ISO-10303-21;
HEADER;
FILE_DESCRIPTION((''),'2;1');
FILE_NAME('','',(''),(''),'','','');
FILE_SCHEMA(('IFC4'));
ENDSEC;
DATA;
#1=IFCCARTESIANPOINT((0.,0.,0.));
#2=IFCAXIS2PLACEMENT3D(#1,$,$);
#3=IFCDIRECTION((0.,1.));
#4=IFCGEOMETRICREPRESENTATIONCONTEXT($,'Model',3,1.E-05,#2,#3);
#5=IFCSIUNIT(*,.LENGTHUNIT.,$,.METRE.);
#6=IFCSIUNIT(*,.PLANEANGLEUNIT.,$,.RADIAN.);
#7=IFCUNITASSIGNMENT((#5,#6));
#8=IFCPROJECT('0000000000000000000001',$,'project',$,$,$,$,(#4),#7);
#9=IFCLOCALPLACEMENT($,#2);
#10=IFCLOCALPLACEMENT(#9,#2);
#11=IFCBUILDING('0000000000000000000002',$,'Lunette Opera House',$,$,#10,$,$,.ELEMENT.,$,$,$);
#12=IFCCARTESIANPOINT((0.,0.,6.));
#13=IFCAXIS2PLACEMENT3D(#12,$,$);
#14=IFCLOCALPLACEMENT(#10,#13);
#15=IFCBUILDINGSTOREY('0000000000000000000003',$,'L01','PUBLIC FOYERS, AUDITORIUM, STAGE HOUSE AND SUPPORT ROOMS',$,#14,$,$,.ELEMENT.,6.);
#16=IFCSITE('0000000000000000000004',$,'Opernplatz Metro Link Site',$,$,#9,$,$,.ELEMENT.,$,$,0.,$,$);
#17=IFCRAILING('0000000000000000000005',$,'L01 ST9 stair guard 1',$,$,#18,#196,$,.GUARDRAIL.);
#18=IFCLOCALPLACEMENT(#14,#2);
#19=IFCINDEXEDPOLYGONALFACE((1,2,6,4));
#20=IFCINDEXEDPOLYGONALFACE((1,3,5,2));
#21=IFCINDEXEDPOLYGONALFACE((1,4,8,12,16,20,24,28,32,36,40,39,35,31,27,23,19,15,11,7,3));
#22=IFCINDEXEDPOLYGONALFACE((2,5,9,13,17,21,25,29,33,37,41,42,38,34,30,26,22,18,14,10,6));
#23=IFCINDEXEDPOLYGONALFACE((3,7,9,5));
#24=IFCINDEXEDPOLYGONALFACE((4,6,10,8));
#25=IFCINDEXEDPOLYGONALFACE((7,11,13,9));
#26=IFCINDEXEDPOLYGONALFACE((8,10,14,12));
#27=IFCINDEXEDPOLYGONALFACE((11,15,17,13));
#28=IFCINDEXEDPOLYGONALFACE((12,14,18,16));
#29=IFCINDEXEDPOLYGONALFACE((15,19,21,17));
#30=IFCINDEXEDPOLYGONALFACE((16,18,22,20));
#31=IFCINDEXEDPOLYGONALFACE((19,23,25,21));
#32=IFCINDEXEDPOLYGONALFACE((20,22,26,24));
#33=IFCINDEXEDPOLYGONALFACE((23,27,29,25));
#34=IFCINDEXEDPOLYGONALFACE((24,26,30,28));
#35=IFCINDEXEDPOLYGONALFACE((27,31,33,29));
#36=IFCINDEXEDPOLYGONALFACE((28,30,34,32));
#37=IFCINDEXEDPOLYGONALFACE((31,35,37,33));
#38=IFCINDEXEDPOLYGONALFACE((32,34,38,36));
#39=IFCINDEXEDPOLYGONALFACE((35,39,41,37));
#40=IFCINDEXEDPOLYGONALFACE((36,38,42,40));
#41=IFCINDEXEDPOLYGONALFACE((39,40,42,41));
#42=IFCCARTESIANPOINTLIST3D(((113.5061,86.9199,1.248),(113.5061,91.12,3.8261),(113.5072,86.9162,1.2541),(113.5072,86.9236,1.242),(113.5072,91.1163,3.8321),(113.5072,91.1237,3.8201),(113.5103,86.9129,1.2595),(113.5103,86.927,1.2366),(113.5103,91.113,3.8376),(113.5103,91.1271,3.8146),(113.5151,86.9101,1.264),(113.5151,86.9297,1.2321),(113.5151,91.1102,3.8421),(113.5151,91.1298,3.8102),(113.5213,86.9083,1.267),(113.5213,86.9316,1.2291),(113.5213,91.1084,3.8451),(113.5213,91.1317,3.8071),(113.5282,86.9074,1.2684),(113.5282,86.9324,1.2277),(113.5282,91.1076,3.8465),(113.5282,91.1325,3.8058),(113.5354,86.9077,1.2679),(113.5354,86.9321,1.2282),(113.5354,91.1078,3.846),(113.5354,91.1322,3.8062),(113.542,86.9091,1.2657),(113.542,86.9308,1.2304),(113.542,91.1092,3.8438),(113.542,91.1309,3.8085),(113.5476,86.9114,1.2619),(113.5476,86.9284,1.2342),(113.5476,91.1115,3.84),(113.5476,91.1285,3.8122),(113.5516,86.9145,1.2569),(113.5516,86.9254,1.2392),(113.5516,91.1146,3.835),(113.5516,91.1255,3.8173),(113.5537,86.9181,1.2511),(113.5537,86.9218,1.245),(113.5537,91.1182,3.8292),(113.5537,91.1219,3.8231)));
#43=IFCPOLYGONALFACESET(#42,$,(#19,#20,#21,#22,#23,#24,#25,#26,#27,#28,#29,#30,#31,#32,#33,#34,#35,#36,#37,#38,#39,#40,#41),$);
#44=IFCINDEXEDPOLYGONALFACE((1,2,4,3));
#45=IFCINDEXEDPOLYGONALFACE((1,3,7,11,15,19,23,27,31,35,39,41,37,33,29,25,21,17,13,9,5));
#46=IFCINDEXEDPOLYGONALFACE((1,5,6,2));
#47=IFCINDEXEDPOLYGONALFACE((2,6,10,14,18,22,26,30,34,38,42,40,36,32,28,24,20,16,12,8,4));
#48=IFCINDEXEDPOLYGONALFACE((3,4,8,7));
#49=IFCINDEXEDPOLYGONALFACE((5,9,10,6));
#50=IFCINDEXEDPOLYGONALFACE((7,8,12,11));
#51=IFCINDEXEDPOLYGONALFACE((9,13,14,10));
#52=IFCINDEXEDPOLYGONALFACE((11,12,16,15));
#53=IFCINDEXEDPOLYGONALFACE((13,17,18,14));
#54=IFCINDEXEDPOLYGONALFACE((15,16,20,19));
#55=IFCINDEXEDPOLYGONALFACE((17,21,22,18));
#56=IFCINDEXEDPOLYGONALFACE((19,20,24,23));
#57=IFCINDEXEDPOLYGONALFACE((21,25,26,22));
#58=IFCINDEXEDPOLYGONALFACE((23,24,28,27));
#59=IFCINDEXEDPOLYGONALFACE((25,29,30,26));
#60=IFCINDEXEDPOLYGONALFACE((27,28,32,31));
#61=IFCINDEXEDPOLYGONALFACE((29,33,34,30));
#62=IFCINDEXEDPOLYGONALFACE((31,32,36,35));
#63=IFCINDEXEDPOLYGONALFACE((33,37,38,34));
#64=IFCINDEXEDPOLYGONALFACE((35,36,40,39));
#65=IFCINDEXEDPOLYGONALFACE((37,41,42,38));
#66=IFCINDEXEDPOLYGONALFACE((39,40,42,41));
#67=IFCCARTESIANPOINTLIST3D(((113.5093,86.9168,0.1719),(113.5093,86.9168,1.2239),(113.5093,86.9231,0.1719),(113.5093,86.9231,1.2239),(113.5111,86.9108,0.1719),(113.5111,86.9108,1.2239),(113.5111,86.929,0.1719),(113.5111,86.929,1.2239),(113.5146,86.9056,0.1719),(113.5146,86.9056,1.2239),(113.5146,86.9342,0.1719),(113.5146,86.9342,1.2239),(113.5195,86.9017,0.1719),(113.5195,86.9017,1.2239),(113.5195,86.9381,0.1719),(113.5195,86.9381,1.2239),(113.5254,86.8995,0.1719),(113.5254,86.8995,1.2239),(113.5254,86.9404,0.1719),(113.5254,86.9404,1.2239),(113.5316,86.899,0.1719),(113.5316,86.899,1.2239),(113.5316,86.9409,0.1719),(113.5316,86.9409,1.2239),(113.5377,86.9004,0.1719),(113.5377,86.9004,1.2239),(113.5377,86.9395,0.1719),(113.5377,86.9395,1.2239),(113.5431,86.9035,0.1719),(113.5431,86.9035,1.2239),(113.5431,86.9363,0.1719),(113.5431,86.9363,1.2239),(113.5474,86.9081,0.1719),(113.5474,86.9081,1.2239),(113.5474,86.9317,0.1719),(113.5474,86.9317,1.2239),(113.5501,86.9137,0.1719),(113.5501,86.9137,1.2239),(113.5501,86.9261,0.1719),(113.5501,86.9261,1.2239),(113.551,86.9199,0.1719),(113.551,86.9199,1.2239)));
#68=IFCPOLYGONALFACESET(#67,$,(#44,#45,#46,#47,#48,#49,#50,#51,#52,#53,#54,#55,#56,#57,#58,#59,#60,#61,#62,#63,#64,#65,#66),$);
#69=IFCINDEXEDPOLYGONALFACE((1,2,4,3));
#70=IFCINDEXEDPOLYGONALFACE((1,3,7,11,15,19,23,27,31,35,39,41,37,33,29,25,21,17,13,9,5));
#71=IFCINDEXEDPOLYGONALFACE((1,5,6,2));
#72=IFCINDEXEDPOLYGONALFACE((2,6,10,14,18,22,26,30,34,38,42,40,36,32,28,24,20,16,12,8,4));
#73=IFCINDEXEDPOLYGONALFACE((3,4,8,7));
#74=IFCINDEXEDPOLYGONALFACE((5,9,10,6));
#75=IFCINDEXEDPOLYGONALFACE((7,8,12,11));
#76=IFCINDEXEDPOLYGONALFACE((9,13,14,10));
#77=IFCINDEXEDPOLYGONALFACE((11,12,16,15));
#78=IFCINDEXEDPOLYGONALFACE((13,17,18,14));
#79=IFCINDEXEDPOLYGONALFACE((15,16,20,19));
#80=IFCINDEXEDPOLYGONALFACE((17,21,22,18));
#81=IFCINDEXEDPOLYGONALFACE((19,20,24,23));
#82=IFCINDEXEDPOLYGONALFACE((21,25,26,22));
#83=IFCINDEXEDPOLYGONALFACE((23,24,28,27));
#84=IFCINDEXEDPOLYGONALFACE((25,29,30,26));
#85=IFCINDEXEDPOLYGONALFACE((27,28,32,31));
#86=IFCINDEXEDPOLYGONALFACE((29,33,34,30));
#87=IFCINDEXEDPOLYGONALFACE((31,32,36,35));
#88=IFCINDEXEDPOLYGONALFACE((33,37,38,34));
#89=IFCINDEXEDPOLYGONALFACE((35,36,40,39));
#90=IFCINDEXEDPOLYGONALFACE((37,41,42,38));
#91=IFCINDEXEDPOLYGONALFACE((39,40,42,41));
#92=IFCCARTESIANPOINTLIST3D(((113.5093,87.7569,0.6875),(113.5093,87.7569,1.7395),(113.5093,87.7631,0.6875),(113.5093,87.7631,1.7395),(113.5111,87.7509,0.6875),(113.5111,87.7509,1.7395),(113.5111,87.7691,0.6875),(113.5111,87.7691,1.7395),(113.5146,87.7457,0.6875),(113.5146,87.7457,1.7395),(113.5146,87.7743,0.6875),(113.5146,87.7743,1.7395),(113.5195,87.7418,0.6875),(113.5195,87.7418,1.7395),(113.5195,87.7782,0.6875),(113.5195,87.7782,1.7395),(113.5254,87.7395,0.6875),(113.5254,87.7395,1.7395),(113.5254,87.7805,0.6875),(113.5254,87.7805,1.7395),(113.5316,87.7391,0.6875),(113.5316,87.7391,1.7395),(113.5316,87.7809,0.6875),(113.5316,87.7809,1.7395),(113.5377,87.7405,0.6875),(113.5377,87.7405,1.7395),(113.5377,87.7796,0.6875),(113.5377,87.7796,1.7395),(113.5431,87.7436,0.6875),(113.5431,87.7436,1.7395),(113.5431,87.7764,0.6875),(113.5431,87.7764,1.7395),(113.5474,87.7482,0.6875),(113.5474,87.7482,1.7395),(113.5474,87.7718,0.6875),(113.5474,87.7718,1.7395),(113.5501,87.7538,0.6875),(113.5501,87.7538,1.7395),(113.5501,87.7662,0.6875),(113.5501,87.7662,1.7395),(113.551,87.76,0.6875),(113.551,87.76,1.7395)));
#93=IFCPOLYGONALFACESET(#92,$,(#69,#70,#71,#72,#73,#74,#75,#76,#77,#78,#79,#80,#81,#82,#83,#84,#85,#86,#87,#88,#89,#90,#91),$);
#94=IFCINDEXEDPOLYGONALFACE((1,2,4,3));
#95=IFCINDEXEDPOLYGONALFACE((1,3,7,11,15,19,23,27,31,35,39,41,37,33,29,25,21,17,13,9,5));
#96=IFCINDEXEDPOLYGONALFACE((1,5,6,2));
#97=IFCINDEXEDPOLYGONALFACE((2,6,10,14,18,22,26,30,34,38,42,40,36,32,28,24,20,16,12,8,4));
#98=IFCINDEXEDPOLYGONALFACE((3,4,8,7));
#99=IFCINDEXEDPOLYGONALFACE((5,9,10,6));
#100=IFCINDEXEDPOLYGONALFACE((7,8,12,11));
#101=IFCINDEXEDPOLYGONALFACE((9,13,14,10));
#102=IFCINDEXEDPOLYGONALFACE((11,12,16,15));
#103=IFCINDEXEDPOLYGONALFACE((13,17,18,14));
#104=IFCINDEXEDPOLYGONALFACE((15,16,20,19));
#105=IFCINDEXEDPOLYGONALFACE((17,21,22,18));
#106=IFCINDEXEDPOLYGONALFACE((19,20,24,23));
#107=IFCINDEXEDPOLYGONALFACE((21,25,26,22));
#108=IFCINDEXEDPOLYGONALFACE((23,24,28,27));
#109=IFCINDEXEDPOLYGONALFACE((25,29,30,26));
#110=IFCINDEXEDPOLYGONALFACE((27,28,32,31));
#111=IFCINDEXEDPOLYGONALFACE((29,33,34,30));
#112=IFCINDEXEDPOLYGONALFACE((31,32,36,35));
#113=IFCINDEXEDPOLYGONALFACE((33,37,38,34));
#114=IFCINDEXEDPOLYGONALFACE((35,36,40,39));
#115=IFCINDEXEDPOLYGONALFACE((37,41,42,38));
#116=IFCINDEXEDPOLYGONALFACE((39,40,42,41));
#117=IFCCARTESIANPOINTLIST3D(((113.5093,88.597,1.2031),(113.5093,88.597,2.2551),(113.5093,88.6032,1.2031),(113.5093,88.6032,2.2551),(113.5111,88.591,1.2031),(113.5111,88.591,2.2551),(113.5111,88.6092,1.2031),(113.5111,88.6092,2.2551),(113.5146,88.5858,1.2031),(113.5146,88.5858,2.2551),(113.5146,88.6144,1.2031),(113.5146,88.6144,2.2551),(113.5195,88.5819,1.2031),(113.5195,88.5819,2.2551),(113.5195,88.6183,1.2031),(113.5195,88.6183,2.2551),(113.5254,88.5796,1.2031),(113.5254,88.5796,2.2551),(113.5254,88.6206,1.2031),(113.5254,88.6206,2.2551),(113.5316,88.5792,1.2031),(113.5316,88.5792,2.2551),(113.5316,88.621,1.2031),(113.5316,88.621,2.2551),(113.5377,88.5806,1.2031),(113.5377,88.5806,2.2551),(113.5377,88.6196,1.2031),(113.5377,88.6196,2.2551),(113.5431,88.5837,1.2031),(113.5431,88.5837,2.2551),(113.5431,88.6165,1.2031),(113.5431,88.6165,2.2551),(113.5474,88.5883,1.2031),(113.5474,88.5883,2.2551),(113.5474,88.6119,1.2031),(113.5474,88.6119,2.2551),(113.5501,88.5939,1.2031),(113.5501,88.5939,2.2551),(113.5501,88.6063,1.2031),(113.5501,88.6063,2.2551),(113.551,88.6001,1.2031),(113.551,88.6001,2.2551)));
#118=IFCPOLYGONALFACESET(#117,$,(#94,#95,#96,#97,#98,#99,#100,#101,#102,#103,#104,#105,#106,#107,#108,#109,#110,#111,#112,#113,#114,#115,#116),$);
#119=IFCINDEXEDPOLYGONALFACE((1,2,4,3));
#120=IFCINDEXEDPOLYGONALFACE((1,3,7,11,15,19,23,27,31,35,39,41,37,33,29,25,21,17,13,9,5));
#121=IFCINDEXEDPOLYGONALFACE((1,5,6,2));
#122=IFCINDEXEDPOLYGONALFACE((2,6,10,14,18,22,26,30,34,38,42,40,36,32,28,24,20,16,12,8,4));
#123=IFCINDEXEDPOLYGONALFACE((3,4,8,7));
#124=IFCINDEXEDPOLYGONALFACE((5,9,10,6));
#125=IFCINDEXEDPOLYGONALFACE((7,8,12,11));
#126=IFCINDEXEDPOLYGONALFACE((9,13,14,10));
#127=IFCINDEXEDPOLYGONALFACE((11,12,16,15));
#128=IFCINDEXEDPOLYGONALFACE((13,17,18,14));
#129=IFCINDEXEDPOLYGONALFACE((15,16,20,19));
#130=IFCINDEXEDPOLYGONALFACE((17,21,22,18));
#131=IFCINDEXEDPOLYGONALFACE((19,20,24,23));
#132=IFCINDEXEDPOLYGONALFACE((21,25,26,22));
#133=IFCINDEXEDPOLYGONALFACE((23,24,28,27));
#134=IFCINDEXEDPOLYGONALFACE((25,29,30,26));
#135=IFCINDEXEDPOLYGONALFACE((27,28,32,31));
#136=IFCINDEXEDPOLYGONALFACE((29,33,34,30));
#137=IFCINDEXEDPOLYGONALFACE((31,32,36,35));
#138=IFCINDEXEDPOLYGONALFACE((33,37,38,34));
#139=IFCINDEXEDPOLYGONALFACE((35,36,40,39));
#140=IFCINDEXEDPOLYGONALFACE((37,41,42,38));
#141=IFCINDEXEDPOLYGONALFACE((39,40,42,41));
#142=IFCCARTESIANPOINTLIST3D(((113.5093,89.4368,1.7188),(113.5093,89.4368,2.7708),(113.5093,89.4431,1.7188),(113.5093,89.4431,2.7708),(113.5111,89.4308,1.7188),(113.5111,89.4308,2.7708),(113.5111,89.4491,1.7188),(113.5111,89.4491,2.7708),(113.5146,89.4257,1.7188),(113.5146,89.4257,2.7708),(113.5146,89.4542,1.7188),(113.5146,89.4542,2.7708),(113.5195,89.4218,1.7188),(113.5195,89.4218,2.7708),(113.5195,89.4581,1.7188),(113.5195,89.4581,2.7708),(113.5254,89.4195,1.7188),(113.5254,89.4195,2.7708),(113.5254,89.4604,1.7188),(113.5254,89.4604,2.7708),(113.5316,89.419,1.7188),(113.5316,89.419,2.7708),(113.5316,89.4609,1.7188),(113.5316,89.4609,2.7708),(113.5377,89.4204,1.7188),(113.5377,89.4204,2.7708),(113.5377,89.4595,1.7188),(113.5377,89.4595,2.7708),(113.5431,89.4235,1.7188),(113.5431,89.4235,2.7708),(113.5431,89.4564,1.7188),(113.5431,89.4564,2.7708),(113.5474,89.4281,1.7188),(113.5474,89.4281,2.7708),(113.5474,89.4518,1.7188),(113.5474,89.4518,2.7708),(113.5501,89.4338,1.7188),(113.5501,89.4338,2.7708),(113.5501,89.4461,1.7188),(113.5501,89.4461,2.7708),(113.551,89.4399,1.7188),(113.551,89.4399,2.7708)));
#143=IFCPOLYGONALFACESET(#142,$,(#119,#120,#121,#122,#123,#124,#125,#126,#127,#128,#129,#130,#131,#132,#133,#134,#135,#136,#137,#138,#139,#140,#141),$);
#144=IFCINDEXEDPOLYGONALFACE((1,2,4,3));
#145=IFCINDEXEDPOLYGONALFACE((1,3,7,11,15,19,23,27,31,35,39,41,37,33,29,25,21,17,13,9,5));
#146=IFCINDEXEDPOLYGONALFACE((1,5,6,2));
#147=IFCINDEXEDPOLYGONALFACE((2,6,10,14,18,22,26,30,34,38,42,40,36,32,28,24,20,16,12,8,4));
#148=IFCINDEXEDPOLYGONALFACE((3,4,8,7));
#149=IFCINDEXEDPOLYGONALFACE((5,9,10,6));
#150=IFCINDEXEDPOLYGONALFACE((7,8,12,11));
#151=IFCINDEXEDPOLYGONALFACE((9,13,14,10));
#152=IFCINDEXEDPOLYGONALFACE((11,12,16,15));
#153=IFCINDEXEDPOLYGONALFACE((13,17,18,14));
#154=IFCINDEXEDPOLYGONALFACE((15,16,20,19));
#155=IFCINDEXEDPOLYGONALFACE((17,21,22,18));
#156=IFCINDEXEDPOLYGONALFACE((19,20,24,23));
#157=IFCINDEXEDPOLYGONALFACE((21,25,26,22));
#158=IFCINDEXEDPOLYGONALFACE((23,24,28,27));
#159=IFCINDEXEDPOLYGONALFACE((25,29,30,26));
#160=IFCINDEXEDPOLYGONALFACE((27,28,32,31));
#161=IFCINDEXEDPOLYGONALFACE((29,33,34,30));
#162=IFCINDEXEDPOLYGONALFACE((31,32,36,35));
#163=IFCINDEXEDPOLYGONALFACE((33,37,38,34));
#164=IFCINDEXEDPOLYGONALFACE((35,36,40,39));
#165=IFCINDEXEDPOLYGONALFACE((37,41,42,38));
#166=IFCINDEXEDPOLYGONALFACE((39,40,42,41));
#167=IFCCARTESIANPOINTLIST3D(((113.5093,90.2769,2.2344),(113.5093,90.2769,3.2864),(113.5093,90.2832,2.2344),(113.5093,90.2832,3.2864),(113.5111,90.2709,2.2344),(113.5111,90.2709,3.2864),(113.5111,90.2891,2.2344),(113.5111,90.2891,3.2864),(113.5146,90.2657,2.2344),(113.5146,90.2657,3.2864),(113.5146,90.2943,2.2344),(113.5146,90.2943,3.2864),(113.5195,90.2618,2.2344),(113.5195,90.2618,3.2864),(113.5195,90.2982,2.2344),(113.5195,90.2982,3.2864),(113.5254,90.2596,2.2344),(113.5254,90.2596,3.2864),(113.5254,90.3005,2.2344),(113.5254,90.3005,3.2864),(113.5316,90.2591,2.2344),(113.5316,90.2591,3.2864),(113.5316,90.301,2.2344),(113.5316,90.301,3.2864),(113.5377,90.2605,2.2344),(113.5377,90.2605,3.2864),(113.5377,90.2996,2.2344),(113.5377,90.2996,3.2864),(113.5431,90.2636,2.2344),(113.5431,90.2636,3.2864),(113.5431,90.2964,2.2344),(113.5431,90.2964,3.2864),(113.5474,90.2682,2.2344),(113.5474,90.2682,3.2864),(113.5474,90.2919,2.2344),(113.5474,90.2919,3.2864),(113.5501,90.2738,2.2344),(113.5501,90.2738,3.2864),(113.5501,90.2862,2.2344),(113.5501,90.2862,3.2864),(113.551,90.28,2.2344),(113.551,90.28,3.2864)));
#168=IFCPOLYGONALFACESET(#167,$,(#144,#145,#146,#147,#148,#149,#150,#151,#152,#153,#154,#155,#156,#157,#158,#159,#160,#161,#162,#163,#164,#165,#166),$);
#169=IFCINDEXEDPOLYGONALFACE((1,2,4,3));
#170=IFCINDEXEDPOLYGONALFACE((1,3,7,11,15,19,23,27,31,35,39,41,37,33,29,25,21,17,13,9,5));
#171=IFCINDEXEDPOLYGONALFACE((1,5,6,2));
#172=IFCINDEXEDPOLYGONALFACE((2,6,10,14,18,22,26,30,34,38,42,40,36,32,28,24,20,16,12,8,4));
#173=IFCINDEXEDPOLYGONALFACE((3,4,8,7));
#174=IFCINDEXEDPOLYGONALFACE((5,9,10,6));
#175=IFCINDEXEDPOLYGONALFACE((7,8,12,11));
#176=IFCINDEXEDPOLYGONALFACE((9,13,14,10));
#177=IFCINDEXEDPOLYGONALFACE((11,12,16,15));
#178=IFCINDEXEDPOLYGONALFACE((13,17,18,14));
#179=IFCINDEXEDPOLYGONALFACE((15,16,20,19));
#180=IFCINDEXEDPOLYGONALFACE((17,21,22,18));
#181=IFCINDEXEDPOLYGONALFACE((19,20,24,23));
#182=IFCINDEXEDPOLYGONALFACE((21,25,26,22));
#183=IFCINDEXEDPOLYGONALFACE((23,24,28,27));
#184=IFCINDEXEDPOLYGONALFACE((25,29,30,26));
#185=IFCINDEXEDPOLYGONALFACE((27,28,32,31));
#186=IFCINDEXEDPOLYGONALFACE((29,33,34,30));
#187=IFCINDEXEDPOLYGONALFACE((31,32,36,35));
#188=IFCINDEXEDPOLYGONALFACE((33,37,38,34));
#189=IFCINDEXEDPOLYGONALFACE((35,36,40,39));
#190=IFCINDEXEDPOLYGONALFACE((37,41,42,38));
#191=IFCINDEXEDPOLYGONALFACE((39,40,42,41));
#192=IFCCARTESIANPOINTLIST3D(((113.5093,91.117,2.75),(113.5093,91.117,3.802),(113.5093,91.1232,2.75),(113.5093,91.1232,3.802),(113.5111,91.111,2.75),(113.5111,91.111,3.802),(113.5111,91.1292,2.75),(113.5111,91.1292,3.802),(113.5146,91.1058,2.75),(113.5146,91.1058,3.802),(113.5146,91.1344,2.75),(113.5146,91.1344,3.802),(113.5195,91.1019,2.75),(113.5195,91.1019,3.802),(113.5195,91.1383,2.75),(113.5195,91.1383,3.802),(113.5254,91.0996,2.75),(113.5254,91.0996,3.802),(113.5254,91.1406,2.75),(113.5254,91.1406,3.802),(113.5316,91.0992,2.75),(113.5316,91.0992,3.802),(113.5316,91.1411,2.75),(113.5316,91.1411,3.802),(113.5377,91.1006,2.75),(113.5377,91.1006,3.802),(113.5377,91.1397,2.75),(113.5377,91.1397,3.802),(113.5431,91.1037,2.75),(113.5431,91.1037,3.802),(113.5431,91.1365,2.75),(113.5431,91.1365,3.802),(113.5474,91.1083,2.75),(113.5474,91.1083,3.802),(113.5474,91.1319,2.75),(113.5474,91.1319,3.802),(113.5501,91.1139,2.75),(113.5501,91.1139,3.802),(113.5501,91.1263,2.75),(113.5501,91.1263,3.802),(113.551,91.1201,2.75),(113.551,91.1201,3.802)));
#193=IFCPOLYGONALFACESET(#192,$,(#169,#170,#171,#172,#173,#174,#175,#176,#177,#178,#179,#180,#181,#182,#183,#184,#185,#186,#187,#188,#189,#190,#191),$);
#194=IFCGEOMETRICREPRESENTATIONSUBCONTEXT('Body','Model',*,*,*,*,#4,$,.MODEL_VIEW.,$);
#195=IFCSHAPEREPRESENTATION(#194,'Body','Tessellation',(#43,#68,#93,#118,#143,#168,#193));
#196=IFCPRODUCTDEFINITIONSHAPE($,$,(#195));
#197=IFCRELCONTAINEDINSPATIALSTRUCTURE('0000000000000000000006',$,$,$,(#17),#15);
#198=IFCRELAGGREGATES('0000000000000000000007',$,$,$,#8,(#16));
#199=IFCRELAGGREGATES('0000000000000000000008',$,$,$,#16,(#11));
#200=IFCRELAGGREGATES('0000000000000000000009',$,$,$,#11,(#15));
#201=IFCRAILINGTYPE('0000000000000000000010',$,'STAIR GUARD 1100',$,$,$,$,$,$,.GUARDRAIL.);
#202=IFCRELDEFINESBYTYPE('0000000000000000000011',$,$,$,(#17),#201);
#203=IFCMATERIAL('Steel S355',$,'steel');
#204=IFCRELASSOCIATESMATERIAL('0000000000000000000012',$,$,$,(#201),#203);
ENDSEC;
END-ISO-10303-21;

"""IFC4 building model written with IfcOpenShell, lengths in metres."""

from ifc_helpers import new_model, si_unit, direction, frame, origin, origin_2d, place, context, subcontext, project, spatial, circle, extrude, material, type_object, element, save


model = new_model("IFC4")

# Units and contexts
model_context = context("Model", 3, precision=1e-05, world=origin(), true_north=direction((0.0, 1.0)))
body_context = subcontext(model_context, "Body", "Model", "MODEL_VIEW")
ifc_project = project(units=[si_unit("LENGTHUNIT", "METRE"), si_unit("PLANEANGLEUNIT", "RADIAN")], contexts=[model_context])

# Site, building, storey
site_placement = place(None, origin())
site = spatial("IfcSite", under=ifc_project, at=site_placement, Name="Opernplatz Metro Link Site", CompositionType="ELEMENT", RefElevation=0.0)
building_placement = place(site_placement, origin())
building = spatial("IfcBuilding", under=site, at=building_placement, Name="Lunette Opera House", CompositionType="ELEMENT")
storey_placement = place(building_placement, frame((0.0, 0.0, 6.0)))
storey = spatial("IfcBuildingStorey", under=building, at=storey_placement, Name="L01", Description="PUBLIC FOYERS, AUDITORIUM, STAGE HOUSE AND SUPPORT ROOMS", CompositionType="ELEMENT", Elevation=6.0)

# Railing
ifc_material_1 = material(Name="Steel S355", Category="steel")
railing_type_1 = type_object("IfcRailingType", Name="STAIR GUARD 1100", PredefinedType="GUARDRAIL", material=ifc_material_1)
railing_1_placement = place(storey_placement, frame((113.53, 86.9199, 0.1719)))
element("IfcRailing", 1, at=railing_1_placement, inside=storey, type_object=railing_type_1, Name="L01 ST9 stair guard 1", PredefinedType="GUARDRAIL", context=body_context, shape_type="SweptSolid", body=[
    extrude(circle(Radius=0.0239, at=origin_2d()), frame((0.0, 0.0, 1.0762), z_axis=(0.0, 0.852256, 0.523124), x_axis=(-1.0, 0.0, 0.0)), (0.0, 0.0, 1.0), 4.9282),
    extrude(circle(Radius=0.021, at=origin_2d()), origin(), (0.0, 0.0, 1.0), 1.052),
    extrude(circle(Radius=0.021, at=origin_2d()), frame((0.0, 0.8401, 0.5156)), (0.0, 0.0, 1.0), 1.052),
    extrude(circle(Radius=0.021, at=origin_2d()), frame((0.0, 1.6802, 1.0312)), (0.0, 0.0, 1.0), 1.052),
    extrude(circle(Radius=0.021, at=origin_2d()), frame((0.0, 2.52, 1.5469)), (0.0, 0.0, 1.0), 1.052),
    extrude(circle(Radius=0.021, at=origin_2d()), frame((0.0, 3.3601, 2.0625)), (0.0, 0.0, 1.0), 1.052),
    extrude(circle(Radius=0.021, at=origin_2d()), frame((0.0, 4.2002, 2.5781)), (0.0, 0.0, 1.0), 1.052),
])

save(model, "model.ifc")
